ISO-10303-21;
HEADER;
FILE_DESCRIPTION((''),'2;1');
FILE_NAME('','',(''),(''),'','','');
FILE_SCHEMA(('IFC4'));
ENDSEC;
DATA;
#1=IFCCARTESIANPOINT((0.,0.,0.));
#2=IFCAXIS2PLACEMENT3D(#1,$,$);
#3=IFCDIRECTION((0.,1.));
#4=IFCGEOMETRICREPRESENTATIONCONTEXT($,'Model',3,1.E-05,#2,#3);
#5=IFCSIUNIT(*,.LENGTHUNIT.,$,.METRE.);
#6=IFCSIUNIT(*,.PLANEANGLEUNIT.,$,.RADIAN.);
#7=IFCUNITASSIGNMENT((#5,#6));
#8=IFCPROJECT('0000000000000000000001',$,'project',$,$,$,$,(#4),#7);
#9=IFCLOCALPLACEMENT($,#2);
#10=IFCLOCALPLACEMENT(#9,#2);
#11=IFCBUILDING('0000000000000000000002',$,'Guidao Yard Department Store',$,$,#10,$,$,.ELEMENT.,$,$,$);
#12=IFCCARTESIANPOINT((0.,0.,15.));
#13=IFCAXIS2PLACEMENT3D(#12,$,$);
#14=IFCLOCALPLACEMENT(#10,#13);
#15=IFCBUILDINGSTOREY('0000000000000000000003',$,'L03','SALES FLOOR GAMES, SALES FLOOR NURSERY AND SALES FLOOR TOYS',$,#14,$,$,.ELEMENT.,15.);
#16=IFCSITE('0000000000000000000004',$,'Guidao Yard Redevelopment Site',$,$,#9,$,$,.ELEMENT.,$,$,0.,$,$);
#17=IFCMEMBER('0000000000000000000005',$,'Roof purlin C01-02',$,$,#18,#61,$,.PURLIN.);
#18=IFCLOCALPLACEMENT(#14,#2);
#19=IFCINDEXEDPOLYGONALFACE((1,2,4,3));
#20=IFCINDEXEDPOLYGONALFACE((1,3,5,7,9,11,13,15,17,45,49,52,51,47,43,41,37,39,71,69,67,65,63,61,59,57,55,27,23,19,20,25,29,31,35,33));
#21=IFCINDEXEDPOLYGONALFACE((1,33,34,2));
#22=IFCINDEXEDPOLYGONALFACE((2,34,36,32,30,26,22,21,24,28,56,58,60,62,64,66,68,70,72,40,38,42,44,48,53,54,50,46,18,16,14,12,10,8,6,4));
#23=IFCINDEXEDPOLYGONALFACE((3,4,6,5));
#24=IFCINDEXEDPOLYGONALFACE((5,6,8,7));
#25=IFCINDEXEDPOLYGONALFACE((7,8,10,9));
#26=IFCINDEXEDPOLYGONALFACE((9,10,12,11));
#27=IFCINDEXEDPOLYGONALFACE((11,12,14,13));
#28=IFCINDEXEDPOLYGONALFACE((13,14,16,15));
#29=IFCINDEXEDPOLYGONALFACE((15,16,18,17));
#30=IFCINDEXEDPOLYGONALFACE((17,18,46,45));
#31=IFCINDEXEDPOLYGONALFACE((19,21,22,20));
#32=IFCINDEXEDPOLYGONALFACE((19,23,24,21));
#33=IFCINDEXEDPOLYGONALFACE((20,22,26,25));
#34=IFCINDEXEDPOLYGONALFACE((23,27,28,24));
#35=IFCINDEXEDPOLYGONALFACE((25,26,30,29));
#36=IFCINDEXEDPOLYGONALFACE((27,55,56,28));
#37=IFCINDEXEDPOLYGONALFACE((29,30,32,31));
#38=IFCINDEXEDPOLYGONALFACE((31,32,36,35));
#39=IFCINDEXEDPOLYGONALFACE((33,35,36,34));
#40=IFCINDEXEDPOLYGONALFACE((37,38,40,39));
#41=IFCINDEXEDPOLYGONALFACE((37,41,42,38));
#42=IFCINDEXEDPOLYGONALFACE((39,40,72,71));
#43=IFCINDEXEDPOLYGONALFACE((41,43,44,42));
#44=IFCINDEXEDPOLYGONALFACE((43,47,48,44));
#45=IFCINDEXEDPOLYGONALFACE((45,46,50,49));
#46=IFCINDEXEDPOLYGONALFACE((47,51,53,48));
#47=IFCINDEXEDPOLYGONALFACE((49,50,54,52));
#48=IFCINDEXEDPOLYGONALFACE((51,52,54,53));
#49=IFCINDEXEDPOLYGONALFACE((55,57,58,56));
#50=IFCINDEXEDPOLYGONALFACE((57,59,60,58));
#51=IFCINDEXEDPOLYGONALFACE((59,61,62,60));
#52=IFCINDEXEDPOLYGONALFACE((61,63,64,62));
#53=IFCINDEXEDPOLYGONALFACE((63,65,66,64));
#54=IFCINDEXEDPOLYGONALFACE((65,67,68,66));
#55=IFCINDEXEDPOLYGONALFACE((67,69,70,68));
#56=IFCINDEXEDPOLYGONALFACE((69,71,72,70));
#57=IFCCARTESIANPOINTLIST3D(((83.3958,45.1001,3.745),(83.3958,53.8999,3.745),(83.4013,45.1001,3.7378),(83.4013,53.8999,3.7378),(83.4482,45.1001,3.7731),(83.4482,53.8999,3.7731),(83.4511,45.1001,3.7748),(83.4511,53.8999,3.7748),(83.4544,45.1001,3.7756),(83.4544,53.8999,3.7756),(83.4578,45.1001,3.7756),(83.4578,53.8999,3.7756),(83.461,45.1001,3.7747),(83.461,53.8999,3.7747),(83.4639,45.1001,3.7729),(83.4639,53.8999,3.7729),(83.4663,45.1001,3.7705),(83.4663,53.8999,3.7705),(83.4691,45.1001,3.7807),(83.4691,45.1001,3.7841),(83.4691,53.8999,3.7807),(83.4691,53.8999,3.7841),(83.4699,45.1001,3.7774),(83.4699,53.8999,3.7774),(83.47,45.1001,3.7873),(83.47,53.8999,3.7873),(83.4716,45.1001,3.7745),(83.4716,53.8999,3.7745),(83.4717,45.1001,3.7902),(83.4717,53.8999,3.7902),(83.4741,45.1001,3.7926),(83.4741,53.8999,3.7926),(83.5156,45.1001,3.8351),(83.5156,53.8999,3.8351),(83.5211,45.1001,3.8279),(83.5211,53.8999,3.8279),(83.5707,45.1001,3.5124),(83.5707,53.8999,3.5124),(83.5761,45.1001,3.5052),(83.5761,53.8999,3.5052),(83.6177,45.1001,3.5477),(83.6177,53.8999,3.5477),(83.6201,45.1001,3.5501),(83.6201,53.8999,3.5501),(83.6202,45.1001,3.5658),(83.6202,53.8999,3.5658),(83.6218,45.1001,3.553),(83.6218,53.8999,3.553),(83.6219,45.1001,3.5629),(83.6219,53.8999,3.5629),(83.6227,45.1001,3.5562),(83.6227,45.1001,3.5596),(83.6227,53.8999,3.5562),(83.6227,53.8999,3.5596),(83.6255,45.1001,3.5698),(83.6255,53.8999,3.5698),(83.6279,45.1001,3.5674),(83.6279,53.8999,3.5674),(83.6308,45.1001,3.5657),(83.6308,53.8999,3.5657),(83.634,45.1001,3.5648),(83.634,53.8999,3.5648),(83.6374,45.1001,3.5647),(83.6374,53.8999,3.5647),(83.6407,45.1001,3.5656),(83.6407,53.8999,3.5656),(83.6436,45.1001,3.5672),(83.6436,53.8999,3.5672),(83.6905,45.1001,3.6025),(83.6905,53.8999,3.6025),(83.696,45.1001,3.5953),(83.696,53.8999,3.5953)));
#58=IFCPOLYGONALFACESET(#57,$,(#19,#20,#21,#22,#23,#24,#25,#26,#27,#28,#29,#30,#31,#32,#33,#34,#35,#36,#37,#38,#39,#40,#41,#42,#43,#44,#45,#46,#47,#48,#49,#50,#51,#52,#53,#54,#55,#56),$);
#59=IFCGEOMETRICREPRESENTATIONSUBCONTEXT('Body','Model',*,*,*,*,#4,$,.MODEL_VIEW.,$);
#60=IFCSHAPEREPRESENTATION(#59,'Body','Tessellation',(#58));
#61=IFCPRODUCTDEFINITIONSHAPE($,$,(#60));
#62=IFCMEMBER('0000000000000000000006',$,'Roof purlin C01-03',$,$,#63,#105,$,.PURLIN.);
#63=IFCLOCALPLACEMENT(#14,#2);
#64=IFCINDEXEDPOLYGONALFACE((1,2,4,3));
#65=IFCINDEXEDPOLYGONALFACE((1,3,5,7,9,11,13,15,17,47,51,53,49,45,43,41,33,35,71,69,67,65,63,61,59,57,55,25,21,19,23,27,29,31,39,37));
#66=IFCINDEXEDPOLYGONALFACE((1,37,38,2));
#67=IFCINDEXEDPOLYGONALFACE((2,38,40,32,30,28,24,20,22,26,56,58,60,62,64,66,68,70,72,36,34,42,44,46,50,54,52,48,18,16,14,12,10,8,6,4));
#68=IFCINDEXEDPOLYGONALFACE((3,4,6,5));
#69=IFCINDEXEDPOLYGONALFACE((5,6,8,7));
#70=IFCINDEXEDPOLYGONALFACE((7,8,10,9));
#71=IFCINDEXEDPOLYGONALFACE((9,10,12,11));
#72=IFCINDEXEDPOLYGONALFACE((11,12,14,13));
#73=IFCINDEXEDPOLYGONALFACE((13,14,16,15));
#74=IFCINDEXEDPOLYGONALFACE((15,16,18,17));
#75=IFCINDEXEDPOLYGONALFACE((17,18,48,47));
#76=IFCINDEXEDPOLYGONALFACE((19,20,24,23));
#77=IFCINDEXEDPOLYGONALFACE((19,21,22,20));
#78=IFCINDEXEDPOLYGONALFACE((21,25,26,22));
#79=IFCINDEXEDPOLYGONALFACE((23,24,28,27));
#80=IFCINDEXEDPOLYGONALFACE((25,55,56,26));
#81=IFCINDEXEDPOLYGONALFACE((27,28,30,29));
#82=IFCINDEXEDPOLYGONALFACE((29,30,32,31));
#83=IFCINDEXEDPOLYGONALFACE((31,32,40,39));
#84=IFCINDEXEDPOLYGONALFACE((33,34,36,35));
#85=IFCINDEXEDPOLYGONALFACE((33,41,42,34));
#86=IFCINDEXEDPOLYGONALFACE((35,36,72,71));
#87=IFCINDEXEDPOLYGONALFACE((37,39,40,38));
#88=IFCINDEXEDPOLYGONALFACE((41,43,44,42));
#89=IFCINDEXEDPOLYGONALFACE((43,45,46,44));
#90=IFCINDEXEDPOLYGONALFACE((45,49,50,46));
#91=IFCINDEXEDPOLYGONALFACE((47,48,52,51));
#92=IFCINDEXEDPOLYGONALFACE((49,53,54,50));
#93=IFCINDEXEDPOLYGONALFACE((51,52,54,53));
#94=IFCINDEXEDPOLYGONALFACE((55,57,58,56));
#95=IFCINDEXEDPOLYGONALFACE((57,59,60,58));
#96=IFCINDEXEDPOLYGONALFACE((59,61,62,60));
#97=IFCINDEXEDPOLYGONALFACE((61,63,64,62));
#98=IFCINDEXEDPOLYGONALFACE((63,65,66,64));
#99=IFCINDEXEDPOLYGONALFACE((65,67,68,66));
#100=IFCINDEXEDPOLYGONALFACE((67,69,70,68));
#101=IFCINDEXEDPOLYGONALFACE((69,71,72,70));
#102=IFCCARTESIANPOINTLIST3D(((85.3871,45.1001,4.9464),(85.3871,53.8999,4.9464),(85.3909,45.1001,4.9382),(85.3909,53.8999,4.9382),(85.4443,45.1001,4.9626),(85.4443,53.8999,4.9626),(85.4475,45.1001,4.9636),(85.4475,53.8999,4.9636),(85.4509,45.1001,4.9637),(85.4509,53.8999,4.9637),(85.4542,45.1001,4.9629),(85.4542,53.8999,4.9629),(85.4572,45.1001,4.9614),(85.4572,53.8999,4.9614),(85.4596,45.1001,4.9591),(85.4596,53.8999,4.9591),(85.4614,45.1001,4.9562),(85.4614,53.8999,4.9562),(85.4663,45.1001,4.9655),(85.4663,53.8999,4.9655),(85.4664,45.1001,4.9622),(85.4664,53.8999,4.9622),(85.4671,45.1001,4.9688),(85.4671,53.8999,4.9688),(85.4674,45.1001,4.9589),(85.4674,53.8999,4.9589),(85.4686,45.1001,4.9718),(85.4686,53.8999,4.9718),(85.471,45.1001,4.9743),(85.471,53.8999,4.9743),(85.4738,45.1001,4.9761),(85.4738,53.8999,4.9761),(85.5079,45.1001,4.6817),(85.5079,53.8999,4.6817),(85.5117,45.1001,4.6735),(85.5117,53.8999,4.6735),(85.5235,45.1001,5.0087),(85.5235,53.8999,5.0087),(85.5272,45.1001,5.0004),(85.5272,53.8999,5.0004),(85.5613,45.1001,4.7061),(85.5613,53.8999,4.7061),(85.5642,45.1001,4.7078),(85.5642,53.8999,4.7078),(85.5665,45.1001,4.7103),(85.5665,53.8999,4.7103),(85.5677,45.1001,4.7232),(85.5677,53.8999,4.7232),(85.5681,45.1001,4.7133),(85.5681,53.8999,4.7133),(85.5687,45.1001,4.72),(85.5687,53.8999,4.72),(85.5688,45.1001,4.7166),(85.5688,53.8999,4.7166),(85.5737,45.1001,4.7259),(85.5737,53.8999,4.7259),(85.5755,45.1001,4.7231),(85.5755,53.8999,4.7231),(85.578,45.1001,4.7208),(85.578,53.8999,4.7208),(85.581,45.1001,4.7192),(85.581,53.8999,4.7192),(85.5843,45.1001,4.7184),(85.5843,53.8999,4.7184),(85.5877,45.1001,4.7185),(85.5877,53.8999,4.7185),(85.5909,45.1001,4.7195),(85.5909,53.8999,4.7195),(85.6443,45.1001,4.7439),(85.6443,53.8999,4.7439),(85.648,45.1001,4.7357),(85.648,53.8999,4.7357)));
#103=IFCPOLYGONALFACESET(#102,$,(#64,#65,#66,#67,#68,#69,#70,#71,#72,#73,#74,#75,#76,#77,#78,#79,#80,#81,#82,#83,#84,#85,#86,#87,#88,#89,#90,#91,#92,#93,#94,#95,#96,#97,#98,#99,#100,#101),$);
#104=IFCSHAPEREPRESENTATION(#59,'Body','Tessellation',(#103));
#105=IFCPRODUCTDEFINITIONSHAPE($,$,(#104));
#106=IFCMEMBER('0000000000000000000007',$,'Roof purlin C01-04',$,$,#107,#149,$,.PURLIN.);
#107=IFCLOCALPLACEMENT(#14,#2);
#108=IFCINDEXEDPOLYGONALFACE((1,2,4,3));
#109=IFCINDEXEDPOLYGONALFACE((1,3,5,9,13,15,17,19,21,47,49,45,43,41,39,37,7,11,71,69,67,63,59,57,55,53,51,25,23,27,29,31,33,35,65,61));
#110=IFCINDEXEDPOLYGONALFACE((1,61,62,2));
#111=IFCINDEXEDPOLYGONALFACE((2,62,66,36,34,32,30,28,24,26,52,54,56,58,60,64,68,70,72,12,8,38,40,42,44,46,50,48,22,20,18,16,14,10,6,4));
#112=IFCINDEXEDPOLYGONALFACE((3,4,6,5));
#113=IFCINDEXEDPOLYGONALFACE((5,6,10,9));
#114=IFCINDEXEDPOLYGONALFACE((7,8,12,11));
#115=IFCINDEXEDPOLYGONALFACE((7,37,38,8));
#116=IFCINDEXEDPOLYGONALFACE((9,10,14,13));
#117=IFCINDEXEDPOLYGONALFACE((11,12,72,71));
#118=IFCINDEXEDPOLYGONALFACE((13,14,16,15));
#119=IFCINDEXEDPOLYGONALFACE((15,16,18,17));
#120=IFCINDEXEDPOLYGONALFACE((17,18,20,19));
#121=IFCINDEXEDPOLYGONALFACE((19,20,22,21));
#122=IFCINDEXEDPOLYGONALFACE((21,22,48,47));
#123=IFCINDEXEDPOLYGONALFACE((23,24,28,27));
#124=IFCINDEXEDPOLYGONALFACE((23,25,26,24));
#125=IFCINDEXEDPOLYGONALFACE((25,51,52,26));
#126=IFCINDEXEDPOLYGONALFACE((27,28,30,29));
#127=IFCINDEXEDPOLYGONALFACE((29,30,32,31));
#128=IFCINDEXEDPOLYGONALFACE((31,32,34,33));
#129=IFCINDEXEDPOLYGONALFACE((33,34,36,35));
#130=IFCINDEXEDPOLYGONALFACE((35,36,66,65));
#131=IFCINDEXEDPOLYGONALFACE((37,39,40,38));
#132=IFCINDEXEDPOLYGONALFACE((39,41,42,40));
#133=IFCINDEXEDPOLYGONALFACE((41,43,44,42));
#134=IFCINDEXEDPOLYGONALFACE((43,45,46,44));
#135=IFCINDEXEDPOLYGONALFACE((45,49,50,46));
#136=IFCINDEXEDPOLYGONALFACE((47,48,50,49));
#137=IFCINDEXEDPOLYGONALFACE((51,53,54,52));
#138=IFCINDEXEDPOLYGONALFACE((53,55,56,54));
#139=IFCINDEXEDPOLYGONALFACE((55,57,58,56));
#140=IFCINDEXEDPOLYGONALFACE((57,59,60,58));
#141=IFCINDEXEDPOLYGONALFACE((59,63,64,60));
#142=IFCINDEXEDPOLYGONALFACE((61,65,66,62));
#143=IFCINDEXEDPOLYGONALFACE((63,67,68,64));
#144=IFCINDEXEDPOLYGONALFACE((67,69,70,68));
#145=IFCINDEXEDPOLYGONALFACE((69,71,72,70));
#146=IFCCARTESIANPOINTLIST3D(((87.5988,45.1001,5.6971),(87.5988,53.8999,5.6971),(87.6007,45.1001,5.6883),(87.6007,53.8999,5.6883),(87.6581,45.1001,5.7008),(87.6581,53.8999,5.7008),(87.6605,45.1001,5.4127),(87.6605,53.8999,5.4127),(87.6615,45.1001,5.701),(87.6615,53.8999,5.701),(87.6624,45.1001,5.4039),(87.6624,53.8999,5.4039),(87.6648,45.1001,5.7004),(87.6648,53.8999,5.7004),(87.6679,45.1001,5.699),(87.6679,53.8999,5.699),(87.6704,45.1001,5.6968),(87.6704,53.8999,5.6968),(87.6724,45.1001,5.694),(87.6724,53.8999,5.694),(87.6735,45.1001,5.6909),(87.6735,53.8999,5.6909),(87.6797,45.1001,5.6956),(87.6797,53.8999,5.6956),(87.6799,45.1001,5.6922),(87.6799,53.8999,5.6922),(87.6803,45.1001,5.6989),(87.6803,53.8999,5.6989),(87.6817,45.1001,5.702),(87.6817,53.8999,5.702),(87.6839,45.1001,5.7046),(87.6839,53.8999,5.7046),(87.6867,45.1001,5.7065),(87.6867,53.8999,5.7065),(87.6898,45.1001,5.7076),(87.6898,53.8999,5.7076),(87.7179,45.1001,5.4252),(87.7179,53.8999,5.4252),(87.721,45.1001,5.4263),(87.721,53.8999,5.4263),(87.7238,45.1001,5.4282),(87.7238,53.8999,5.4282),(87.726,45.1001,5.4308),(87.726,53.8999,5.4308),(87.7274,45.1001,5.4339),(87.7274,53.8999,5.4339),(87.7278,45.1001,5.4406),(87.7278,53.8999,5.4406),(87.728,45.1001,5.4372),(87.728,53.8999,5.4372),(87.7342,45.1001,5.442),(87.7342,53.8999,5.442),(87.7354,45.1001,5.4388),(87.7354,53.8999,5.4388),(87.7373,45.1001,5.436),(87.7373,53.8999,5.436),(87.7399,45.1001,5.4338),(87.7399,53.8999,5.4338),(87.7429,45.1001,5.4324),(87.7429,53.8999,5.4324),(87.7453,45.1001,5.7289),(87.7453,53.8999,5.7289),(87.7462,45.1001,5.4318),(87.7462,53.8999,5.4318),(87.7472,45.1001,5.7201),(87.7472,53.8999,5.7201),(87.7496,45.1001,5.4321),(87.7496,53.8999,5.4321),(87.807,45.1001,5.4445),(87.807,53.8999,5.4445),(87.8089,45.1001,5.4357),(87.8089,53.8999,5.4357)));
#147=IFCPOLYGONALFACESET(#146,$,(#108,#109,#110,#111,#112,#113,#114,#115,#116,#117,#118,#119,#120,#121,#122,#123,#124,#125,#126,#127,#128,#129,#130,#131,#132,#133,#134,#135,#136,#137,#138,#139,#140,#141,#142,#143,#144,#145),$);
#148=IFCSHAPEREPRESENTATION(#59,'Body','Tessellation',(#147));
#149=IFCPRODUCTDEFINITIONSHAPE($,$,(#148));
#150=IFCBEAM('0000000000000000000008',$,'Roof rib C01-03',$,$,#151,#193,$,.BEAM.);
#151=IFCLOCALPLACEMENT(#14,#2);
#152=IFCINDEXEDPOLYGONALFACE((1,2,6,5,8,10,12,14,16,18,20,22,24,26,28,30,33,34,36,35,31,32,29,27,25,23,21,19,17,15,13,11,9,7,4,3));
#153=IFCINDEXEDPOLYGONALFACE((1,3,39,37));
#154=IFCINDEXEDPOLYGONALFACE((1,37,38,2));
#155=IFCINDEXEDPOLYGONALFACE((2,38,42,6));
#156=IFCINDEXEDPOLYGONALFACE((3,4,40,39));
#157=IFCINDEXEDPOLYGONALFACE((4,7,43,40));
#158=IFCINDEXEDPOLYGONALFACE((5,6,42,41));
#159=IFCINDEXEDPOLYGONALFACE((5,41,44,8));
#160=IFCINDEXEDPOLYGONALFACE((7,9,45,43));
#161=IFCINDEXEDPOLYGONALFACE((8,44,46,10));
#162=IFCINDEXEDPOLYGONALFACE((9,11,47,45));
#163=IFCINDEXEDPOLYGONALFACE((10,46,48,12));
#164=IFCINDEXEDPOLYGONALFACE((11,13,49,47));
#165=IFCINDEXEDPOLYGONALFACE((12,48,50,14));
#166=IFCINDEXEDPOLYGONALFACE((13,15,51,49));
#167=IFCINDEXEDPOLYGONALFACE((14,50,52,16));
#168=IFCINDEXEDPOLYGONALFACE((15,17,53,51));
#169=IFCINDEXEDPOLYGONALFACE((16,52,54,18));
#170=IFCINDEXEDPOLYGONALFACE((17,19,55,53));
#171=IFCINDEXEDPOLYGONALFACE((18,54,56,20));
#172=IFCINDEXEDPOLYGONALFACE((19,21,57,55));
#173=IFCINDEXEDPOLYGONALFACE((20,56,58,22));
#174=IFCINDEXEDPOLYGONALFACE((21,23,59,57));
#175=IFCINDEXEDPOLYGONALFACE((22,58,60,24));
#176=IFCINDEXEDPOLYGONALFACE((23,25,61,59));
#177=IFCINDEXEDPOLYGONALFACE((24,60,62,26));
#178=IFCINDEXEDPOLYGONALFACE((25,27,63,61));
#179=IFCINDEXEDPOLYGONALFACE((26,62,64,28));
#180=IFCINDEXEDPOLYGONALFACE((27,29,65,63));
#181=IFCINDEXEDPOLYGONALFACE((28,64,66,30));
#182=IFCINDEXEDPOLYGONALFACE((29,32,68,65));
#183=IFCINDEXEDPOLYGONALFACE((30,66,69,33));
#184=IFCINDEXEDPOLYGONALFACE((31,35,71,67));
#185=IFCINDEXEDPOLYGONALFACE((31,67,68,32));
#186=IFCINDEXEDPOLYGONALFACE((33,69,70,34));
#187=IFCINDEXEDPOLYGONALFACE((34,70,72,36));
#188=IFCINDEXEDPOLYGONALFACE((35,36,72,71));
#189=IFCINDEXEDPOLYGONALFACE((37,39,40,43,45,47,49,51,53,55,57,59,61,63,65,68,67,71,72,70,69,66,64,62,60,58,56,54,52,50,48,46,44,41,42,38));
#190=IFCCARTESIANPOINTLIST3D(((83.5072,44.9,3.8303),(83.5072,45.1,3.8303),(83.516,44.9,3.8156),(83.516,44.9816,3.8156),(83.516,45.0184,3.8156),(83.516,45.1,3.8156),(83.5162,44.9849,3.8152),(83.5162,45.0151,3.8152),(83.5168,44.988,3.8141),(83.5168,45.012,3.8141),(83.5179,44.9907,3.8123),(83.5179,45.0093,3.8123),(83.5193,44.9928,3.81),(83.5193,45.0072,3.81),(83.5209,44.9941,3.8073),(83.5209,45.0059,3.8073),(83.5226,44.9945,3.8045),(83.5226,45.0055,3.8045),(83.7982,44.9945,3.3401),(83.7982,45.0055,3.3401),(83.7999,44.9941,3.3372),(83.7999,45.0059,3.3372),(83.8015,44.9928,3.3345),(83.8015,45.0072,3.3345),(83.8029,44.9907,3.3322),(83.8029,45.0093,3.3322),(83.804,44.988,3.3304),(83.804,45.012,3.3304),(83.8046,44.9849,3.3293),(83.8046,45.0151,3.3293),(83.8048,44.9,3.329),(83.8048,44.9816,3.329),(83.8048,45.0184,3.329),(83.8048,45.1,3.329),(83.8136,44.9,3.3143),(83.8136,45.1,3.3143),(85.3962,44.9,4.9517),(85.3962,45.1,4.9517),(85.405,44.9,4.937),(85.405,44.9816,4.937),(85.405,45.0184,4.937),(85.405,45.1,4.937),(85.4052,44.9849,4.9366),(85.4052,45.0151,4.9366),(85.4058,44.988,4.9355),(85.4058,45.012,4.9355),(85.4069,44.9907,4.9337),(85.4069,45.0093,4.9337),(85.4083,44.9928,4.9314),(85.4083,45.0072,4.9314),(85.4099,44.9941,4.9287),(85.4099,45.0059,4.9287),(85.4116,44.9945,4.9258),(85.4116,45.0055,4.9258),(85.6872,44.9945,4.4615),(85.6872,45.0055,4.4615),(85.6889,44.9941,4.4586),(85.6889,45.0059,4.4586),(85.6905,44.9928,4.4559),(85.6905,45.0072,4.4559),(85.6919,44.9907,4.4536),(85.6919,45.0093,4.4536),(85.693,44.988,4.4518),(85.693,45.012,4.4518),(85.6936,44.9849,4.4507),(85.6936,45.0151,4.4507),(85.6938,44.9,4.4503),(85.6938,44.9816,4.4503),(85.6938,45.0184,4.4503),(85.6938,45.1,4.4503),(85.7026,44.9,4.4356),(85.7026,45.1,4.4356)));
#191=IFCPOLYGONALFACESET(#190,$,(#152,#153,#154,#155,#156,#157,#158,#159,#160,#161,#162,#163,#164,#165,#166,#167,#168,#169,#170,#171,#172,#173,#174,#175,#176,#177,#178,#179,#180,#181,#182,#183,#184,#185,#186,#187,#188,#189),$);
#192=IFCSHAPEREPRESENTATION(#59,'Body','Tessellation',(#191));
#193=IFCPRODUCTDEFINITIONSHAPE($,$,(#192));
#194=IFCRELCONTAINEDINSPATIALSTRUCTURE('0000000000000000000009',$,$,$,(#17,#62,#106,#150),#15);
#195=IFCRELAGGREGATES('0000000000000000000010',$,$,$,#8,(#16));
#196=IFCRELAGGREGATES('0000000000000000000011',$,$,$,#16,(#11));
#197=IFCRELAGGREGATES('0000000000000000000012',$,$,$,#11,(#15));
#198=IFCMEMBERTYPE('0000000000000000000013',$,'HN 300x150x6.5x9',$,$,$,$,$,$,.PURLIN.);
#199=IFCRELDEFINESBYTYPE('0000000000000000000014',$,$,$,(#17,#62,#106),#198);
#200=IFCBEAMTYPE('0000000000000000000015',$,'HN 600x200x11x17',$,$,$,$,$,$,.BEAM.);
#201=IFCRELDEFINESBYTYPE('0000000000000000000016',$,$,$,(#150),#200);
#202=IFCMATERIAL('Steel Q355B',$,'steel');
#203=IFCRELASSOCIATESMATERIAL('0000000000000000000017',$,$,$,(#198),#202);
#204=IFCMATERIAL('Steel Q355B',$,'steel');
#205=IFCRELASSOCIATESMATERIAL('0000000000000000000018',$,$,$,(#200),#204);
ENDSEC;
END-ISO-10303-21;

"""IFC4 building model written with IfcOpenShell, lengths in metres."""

from ifc_helpers import new_model, si_unit, direction, frame, origin, origin_2d, place, context, subcontext, project, spatial, i_section, extrude, material, material_profile, profile_set, type_object, element, save


model = new_model("IFC4")

# Units and contexts
model_context = context("Model", 3, precision=1e-05, world=origin(), true_north=direction((0.0, 1.0)))
body_context = subcontext(model_context, "Body", "Model", "MODEL_VIEW")
ifc_project = project(units=[si_unit("LENGTHUNIT", "METRE"), si_unit("PLANEANGLEUNIT", "RADIAN")], contexts=[model_context])

# Site, building, storey
site_placement = place(None, origin())
site = spatial("IfcSite", under=ifc_project, at=site_placement, Name="Guidao Yard Redevelopment Site", CompositionType="ELEMENT", RefElevation=0.0)
building_placement = place(site_placement, origin())
building = spatial("IfcBuilding", under=site, at=building_placement, Name="Guidao Yard Department Store", CompositionType="ELEMENT")
storey_placement = place(building_placement, frame((0.0, 0.0, 15.0)))
storey = spatial("IfcBuildingStorey", under=building, at=storey_placement, Name="L03", Description="SALES FLOOR GAMES, SALES FLOOR NURSERY AND SALES FLOOR TOYS", CompositionType="ELEMENT", Elevation=15.0)

# Members
ifc_material_1 = material(Name="Steel Q355B", Category="steel")
ifc_material_profile_1 = material_profile(ifc_material_1, i_section(OverallWidth=0.1499, OverallDepth=0.3, WebThickness=0.0066, FlangeThickness=0.009, FilletRadius=0.0129, at=origin_2d()), Name="HN 300x150x6.5x9")
ifc_profile_set_1 = profile_set([ifc_material_profile_1], Name="Steel Q355B")
member_type_1 = type_object("IfcMemberType", Name="HN 300x150x6.5x9", PredefinedType="PURLIN", material=ifc_profile_set_1)
for number, where, z_axis, x_axis, name in (
    (1, (83.5459, 45.1001, 3.6702), (0.0, 1.0, 0.0), (-0.799284, 0.0, -0.600954), "Roof purlin C01-02"),
    (2, (85.5176, 45.1001, 4.8411), (0.0, 1.0, 0.0), (-0.909751, 0.0, -0.415155), "Roof purlin C01-03"),
    (3, (87.7039, 45.1001, 5.5664), (0.0, 1.0, 0.0), (-0.977292, 0.0, -0.211897), "Roof purlin C01-04"),
):
    element("IfcMember", number, at=place(storey_placement, frame(where, z_axis=z_axis, x_axis=x_axis)), inside=storey, type_object=member_type_1, Name=name, PredefinedType="PURLIN", context=body_context, shape_type="SweptSolid", body=[
        extrude(i_section(OverallWidth=0.1499, OverallDepth=0.3, WebThickness=0.0066, FlangeThickness=0.009, FilletRadius=0.0129, at=origin_2d()), origin(), (0.0, 0.0, 1.0), 8.7998),
    ])

# Beam
ifc_material_2 = material(Name="Steel Q355B", Category="steel")
ifc_material_profile_2 = material_profile(ifc_material_2, i_section(OverallWidth=0.2, OverallDepth=0.6001, WebThickness=0.011, FlangeThickness=0.0171, FilletRadius=0.0129, at=origin_2d()), Name="HN 600x200x11x17")
ifc_profile_set_2 = profile_set([ifc_material_profile_2], Name="Steel Q355B")
beam_type = type_object("IfcBeamType", Name="HN 600x200x11x17", PredefinedType="BEAM", material=ifc_profile_set_2)
beam_1_placement = place(storey_placement, frame((83.6604, 45.0, 3.5723), z_axis=(0.859896, 0.0, 0.510469), x_axis=(0.0, 1.0, 0.0)))
element("IfcBeam", 4, at=beam_1_placement, inside=storey, type_object=beam_type, Name="Roof rib C01-03", PredefinedType="BEAM", context=body_context, shape_type="SweptSolid", body=[
    extrude(i_section(OverallWidth=0.2, OverallDepth=0.6001, WebThickness=0.011, FlangeThickness=0.0171, FilletRadius=0.0129, at=origin_2d()), origin(), (0.0, 0.0, 1.0), 2.1968),
])

save(model, "model.ifc")
